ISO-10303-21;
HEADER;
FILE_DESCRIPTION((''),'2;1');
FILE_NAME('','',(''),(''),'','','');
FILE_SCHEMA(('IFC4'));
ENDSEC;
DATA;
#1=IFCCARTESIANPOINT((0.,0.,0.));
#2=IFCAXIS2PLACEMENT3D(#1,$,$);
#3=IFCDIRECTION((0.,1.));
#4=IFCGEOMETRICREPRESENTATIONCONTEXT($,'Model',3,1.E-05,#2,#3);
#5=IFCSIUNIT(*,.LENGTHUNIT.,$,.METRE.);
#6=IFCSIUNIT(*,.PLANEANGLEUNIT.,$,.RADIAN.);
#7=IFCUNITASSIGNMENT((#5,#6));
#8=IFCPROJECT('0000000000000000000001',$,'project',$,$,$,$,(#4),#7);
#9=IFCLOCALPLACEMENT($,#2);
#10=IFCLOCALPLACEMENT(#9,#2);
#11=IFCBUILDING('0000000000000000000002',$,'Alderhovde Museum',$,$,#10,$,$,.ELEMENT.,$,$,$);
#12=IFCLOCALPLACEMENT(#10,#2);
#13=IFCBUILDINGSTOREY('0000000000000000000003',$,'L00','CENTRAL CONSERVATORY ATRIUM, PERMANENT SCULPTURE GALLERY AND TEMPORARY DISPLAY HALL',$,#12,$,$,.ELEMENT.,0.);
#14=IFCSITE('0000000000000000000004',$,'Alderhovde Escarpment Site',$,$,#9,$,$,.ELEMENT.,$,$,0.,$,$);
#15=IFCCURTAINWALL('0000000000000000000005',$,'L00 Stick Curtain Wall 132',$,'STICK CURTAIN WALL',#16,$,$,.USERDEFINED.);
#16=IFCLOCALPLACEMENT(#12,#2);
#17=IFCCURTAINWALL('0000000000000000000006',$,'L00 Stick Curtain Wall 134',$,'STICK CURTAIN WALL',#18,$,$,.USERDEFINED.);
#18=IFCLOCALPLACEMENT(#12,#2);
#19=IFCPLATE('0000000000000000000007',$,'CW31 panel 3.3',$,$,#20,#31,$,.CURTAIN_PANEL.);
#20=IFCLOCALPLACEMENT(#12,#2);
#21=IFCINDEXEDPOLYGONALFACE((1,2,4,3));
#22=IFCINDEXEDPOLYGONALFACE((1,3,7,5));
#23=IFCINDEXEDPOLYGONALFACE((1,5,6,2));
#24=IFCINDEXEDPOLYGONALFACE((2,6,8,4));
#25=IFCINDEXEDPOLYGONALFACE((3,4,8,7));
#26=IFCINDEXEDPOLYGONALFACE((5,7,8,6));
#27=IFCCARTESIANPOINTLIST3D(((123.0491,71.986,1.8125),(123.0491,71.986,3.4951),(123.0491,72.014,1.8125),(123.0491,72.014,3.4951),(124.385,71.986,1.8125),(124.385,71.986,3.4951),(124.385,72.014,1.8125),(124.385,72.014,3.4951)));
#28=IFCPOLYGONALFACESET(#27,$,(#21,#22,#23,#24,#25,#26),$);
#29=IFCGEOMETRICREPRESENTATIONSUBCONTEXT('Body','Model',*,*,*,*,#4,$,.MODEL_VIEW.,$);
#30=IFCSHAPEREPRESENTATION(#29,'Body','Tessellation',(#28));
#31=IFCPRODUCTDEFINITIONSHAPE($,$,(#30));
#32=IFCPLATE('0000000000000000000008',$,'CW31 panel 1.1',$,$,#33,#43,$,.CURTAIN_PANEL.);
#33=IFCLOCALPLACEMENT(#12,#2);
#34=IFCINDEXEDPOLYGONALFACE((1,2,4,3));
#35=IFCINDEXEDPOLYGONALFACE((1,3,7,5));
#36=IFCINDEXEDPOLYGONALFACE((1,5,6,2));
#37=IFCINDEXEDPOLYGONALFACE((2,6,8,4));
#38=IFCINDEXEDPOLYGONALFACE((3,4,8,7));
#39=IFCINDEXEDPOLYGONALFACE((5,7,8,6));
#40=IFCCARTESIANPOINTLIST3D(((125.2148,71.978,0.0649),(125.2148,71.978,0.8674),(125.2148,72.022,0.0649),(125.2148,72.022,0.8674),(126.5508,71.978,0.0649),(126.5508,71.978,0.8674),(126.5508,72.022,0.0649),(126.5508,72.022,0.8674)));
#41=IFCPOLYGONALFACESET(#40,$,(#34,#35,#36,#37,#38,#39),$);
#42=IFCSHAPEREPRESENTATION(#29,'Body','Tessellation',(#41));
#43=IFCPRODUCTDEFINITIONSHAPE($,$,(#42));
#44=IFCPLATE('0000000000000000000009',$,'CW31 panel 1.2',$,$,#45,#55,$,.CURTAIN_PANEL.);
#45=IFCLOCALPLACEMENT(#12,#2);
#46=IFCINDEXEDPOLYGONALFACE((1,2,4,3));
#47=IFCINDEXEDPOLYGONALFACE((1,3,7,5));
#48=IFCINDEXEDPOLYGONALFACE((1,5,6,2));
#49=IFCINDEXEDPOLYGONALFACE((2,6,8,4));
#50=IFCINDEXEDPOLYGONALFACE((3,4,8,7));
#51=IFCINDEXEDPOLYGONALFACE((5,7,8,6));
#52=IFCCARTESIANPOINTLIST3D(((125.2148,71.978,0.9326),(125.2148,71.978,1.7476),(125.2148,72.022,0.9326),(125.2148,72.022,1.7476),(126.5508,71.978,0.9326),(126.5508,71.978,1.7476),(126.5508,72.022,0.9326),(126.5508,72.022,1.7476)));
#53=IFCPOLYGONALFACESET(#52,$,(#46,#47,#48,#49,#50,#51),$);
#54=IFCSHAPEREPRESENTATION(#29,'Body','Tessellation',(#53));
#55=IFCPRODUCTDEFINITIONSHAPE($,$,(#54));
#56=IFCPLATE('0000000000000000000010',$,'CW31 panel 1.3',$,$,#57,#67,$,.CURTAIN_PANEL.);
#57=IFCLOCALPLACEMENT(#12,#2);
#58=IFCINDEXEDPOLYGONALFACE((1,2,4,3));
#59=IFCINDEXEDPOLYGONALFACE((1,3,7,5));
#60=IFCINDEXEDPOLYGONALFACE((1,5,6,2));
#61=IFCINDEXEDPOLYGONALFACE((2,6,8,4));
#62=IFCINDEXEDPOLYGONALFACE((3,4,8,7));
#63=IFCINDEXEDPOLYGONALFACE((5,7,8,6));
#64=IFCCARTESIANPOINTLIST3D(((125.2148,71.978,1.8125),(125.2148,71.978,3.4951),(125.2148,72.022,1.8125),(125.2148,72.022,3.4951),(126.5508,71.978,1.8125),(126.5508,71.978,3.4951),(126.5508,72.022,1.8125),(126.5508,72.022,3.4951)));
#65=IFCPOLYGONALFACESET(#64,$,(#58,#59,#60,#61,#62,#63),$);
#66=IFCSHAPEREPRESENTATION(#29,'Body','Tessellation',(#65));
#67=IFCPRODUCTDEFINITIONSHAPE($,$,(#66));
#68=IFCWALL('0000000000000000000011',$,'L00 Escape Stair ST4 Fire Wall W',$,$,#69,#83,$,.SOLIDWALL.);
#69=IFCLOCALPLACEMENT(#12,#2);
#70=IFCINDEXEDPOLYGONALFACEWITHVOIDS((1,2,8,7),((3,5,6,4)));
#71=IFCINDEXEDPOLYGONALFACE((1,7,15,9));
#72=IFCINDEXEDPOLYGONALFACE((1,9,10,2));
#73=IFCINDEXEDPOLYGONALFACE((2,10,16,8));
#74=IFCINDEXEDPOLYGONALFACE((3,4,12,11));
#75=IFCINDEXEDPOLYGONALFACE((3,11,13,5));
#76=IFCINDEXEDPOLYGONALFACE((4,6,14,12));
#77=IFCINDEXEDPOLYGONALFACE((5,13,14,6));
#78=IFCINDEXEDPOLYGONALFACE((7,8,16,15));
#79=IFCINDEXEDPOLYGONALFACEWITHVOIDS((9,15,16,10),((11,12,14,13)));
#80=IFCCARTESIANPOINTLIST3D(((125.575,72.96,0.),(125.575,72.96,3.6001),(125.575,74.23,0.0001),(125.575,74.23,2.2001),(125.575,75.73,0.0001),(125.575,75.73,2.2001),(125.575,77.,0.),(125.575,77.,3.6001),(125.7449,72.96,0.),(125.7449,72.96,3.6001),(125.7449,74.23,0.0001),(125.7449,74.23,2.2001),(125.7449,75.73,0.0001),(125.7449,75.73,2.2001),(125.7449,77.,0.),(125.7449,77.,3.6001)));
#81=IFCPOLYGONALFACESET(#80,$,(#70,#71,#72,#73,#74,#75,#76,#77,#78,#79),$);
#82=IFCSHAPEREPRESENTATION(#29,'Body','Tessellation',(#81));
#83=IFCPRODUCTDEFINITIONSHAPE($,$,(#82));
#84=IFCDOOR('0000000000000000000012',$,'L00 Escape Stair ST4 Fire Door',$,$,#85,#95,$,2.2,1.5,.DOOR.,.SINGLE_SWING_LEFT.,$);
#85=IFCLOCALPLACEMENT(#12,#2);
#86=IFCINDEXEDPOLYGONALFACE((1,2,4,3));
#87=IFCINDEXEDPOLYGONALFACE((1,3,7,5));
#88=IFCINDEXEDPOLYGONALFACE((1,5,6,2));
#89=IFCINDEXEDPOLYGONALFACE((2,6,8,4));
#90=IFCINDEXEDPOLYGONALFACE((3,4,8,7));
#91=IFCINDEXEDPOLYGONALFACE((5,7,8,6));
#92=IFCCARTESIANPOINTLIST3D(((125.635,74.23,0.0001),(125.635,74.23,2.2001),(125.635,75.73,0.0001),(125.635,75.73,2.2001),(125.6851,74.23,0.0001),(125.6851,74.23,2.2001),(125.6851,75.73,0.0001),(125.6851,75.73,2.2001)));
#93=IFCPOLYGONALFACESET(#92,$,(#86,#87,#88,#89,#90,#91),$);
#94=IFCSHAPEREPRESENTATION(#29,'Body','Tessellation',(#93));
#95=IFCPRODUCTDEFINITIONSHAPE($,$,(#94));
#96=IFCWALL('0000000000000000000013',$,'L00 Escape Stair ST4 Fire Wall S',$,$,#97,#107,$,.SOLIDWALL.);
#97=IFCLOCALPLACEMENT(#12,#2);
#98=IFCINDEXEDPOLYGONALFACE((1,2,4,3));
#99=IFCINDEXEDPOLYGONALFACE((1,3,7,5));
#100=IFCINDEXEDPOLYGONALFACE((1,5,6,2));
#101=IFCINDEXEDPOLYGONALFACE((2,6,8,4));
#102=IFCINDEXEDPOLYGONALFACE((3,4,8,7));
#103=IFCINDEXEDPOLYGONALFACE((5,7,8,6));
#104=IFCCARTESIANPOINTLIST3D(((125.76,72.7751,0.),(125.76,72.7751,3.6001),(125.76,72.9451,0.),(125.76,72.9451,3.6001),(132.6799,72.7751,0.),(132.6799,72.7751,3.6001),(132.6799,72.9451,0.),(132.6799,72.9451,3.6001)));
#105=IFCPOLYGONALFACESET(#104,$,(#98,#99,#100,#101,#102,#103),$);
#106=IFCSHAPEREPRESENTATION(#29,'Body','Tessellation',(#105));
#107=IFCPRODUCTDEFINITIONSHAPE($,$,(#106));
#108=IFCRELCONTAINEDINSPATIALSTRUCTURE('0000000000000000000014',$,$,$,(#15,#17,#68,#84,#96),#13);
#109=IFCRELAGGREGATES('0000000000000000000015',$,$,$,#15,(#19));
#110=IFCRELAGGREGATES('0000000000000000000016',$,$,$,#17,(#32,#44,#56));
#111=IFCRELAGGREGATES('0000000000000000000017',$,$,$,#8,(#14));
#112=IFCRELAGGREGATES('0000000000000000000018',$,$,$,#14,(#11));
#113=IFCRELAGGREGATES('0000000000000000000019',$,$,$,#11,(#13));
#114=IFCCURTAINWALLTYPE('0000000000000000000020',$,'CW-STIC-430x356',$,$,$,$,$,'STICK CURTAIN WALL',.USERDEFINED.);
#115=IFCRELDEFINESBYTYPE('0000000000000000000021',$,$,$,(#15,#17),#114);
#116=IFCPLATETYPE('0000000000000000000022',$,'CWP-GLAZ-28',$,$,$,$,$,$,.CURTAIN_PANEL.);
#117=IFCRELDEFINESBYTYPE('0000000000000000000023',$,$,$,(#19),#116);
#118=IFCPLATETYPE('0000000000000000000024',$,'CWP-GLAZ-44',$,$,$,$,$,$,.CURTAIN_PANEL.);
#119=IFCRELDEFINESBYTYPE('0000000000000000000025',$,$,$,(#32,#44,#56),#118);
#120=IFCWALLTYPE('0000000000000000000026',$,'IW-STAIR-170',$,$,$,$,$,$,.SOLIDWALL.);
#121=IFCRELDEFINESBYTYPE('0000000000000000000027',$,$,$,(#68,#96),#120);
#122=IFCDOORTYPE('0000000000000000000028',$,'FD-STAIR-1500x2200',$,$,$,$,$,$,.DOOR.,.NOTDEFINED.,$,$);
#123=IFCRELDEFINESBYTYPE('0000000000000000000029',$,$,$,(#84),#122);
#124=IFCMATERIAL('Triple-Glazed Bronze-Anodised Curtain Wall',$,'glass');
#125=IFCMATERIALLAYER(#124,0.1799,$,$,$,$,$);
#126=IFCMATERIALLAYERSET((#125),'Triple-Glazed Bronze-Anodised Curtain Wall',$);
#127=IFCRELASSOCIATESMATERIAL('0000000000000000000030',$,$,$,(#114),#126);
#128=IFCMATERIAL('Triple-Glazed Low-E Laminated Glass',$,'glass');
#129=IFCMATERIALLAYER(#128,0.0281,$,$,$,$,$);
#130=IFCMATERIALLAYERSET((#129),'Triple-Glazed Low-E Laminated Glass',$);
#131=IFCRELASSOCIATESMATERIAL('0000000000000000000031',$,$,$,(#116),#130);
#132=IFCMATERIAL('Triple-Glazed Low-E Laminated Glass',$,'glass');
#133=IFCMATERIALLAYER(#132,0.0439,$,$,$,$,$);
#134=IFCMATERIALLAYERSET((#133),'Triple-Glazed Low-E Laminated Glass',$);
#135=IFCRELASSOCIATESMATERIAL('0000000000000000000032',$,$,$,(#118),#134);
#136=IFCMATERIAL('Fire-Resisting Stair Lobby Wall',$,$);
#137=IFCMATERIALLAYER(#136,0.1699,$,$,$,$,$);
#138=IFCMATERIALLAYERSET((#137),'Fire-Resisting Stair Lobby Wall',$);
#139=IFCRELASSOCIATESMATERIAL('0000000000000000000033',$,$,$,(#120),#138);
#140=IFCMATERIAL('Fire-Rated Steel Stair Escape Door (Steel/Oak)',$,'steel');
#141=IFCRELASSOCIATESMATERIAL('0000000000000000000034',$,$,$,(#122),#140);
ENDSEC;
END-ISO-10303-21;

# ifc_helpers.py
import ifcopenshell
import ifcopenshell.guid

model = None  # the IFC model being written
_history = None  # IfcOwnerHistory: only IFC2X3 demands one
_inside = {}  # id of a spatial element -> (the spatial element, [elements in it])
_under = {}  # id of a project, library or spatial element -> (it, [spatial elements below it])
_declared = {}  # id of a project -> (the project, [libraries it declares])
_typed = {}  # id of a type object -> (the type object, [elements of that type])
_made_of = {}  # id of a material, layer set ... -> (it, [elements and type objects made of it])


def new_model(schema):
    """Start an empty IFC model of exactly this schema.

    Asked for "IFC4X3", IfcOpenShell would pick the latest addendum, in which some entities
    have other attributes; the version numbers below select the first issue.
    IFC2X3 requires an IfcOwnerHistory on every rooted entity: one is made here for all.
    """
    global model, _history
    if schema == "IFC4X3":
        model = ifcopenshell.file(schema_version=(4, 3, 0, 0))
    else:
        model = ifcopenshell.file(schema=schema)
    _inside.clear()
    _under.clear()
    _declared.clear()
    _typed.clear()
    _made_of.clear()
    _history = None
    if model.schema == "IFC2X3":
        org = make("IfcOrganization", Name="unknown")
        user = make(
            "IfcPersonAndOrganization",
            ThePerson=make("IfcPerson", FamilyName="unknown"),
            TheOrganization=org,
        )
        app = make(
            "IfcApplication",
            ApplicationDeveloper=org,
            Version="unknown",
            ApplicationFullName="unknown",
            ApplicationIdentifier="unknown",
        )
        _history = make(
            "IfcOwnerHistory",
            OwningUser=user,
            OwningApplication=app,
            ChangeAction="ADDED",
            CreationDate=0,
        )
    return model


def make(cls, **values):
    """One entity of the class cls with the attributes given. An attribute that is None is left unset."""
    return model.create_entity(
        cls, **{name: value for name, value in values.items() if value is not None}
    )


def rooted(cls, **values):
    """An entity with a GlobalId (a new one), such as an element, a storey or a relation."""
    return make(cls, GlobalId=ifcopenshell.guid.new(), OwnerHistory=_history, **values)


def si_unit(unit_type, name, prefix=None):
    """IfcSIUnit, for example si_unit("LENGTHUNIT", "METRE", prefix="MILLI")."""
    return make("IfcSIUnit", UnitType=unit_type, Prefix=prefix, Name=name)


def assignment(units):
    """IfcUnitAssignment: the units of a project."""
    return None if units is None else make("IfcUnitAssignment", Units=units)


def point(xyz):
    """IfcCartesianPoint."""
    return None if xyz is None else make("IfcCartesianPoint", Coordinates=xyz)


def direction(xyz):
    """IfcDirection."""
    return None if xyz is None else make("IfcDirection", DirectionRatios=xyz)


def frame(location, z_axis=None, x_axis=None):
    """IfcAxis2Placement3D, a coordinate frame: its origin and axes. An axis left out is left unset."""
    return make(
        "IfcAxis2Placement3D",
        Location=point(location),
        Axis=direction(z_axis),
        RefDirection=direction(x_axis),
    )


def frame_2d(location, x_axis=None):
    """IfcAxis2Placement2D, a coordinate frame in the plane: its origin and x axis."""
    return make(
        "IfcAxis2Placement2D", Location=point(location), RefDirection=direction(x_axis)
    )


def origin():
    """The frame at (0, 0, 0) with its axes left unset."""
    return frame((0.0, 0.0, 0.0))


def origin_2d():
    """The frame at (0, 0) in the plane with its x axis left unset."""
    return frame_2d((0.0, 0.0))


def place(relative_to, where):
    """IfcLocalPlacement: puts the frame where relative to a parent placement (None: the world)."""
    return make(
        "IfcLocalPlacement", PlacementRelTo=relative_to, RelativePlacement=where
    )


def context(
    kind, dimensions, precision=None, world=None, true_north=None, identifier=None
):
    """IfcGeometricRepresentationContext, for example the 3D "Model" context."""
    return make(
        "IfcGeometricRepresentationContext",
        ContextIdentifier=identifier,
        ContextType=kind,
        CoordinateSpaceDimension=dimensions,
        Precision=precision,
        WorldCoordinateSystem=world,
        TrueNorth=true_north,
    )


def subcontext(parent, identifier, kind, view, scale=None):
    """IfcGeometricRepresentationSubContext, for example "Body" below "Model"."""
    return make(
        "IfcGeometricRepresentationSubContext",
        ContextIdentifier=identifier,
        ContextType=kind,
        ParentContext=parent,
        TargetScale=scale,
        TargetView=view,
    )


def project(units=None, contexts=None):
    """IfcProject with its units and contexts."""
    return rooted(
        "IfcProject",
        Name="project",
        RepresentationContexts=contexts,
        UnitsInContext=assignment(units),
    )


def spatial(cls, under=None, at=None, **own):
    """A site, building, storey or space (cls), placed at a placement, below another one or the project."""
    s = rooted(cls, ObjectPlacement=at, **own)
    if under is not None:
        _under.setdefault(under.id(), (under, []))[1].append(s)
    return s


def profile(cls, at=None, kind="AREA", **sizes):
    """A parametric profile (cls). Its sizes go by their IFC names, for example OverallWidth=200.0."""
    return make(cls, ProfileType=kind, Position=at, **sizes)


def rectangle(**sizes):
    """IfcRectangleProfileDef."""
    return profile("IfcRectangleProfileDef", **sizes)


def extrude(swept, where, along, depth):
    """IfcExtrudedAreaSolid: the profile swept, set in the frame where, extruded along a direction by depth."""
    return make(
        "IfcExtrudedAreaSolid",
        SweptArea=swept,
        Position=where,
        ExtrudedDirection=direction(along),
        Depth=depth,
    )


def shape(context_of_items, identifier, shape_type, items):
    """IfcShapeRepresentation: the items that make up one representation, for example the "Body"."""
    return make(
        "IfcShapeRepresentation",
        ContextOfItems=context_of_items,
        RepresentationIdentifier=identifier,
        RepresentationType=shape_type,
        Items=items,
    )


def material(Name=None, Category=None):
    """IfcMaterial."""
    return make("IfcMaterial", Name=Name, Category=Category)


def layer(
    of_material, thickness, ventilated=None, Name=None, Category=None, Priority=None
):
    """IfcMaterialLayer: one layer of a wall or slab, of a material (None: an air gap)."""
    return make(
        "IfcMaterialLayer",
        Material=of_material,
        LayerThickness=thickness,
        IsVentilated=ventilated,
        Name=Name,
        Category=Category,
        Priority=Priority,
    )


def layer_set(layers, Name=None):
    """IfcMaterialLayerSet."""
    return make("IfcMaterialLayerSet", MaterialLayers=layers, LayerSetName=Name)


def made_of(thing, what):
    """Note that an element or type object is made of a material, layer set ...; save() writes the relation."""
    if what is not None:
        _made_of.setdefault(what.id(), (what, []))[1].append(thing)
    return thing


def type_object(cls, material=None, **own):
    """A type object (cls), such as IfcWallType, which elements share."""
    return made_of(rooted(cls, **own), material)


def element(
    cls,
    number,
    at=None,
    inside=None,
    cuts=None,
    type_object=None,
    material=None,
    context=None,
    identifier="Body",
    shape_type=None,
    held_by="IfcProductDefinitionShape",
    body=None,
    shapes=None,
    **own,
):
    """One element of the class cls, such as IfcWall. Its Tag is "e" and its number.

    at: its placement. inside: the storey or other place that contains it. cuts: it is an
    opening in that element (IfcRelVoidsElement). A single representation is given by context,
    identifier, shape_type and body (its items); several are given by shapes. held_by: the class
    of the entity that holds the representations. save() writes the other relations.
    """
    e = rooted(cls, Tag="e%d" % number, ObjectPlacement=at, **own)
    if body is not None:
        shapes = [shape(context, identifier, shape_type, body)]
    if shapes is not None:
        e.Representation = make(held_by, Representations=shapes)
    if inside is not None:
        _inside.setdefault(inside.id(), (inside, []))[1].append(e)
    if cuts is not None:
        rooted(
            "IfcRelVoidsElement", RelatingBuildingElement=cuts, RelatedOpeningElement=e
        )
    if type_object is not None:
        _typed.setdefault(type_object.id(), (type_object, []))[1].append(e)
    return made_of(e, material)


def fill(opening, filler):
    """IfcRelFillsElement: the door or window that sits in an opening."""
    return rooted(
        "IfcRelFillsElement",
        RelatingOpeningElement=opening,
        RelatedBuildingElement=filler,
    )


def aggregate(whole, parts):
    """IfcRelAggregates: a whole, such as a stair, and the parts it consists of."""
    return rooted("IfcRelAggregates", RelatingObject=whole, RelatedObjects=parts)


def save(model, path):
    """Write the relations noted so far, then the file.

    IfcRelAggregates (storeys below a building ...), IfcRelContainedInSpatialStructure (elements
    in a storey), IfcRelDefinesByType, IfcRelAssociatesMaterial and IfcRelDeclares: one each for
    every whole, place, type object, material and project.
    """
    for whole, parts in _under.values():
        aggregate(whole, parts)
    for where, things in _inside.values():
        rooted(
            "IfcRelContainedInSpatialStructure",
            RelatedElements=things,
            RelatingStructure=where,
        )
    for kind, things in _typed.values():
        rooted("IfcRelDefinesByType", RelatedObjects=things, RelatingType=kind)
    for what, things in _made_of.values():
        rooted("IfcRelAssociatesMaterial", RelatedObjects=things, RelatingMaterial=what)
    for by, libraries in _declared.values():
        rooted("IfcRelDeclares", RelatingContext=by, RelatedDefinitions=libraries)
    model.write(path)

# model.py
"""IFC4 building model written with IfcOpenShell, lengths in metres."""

from ifc_helpers import new_model, si_unit, direction, frame, frame_2d, origin, origin_2d, place, context, subcontext, project, spatial, rectangle, extrude, material, layer, layer_set, type_object, element, fill, aggregate, save


model = new_model("IFC4")

# Units and contexts
model_context = context("Model", 3, precision=1e-05, world=origin(), true_north=direction((0.0, 1.0)))
body_context = subcontext(model_context, "Body", "Model", "MODEL_VIEW")
ifc_project = project(units=[si_unit("LENGTHUNIT", "METRE"), si_unit("PLANEANGLEUNIT", "RADIAN")], contexts=[model_context])

# Site, building, storey
site_placement = place(None, origin())
site = spatial("IfcSite", under=ifc_project, at=site_placement, Name="Alderhovde Escarpment Site", CompositionType="ELEMENT", RefElevation=0.0)
building_placement = place(site_placement, origin())
building = spatial("IfcBuilding", under=site, at=building_placement, Name="Alderhovde Museum", CompositionType="ELEMENT")
storey_placement = place(building_placement, origin())
storey = spatial("IfcBuildingStorey", under=building, at=storey_placement, Name="L00", Description="CENTRAL CONSERVATORY ATRIUM, PERMANENT SCULPTURE GALLERY AND TEMPORARY DISPLAY HALL", CompositionType="ELEMENT", Elevation=0.0)

# Curtain wall
ifc_material_1 = material(Name="Triple-Glazed Bronze-Anodised Curtain Wall", Category="glass")
ifc_layer_1 = layer(ifc_material_1, 0.1799)
ifc_layer_set_1 = layer_set([ifc_layer_1], Name="Triple-Glazed Bronze-Anodised Curtain Wall")
curtain_wall_type = type_object("IfcCurtainWallType", Name="CW-STIC-430x356", ElementType="STICK CURTAIN WALL", PredefinedType="USERDEFINED", material=ifc_layer_set_1)
curtain_wall_1_placement = place(storey_placement, origin())
curtain_wall_1 = element("IfcCurtainWall", 1, at=curtain_wall_1_placement, inside=storey, type_object=curtain_wall_type, Name="L00 Stick Curtain Wall 132", ObjectType="STICK CURTAIN WALL", PredefinedType="USERDEFINED")

# Curtain wall
curtain_wall_2_placement = place(storey_placement, origin())
curtain_wall_2 = element("IfcCurtainWall", 2, at=curtain_wall_2_placement, inside=storey, type_object=curtain_wall_type, Name="L00 Stick Curtain Wall 134", ObjectType="STICK CURTAIN WALL", PredefinedType="USERDEFINED")

# Plates
ifc_material_2 = material(Name="Triple-Glazed Low-E Laminated Glass", Category="glass")
ifc_layer_2 = layer(ifc_material_2, 0.0281)
ifc_layer_set_2 = layer_set([ifc_layer_2], Name="Triple-Glazed Low-E Laminated Glass")
plate_type_1 = type_object("IfcPlateType", Name="CWP-GLAZ-28", PredefinedType="CURTAIN_PANEL", material=ifc_layer_set_2)
plate_1_placement = place(storey_placement, frame((123.717, 72.0, 1.8125), z_axis=(0.0, 0.0, 1.0), x_axis=(1.0, 0.0, 0.0)))
plate_1 = element("IfcPlate", 3, at=plate_1_placement, type_object=plate_type_1, Name="CW31 panel 3.3", PredefinedType="CURTAIN_PANEL", context=body_context, shape_type="SweptSolid", body=[
    extrude(rectangle(XDim=1.3359, YDim=0.0281, at=origin_2d()), origin(), (0.0, 0.0, 1.0), 1.6826),
])
aggregate(curtain_wall_1, [plate_1])
ifc_material_3 = material(Name="Triple-Glazed Low-E Laminated Glass", Category="glass")
ifc_layer_3 = layer(ifc_material_3, 0.0439)
ifc_layer_set_3 = layer_set([ifc_layer_3], Name="Triple-Glazed Low-E Laminated Glass")
plate_type_2 = type_object("IfcPlateType", Name="CWP-GLAZ-44", PredefinedType="CURTAIN_PANEL", material=ifc_layer_set_3)
plate_2_placement = place(storey_placement, frame((125.8828, 72.0, 0.0649), z_axis=(0.0, 0.0, 1.0), x_axis=(1.0, 0.0, 0.0)))
plate_2 = element("IfcPlate", 4, at=plate_2_placement, type_object=plate_type_2, Name="CW31 panel 1.1", PredefinedType="CURTAIN_PANEL", context=body_context, shape_type="SweptSolid", body=[
    extrude(rectangle(XDim=1.3359, YDim=0.0439, at=origin_2d()), origin(), (0.0, 0.0, 1.0), 0.8025),
])
plate_3_placement = place(storey_placement, frame((125.8828, 72.0, 0.9326), z_axis=(0.0, 0.0, 1.0), x_axis=(1.0, 0.0, 0.0)))
plate_3 = element("IfcPlate", 5, at=plate_3_placement, type_object=plate_type_2, Name="CW31 panel 1.2", PredefinedType="CURTAIN_PANEL", context=body_context, shape_type="SweptSolid", body=[
    extrude(rectangle(XDim=1.3359, YDim=0.0439, at=origin_2d()), origin(), (0.0, 0.0, 1.0), 0.8149),
])
plate_4_placement = place(storey_placement, frame((125.8828, 72.0, 1.8125), z_axis=(0.0, 0.0, 1.0), x_axis=(1.0, 0.0, 0.0)))
plate_4 = element("IfcPlate", 6, at=plate_4_placement, type_object=plate_type_2, Name="CW31 panel 1.3", PredefinedType="CURTAIN_PANEL", context=body_context, shape_type="SweptSolid", body=[
    extrude(rectangle(XDim=1.3359, YDim=0.0439, at=origin_2d()), origin(), (0.0, 0.0, 1.0), 1.6826),
])
aggregate(curtain_wall_2, [plate_2, plate_3, plate_4])

# Wall, opening, door
ifc_material_4 = material(Name="Fire-Resisting Stair Lobby Wall")
ifc_layer_4 = layer(ifc_material_4, 0.1699)
ifc_layer_set_4 = layer_set([ifc_layer_4], Name="Fire-Resisting Stair Lobby Wall")
wall_type = type_object("IfcWallType", Name="IW-STAIR-170", PredefinedType="SOLIDWALL", material=ifc_layer_set_4)
wall_1_placement = place(storey_placement, frame((125.6599, 72.96, 0.0), z_axis=(0.0, 0.0, 1.0), x_axis=(0.0, 1.0, 0.0)))
wall_1 = element("IfcWall", 7, at=wall_1_placement, inside=storey, type_object=wall_type, Name="L00 Escape Stair ST4 Fire Wall W", PredefinedType="SOLIDWALL", context=body_context, shape_type="SweptSolid", body=[
    extrude(rectangle(XDim=4.04, YDim=0.1699, at=frame_2d((2.02, 0.0))), origin(), (0.0, 0.0, 1.0), 3.6001),
])
opening_placement = place(wall_1_placement, frame((1.27, 0.0, 0.0)))
opening = element("IfcOpeningElement", 8, at=opening_placement, cuts=wall_1, PredefinedType="OPENING", context=body_context, shape_type="SweptSolid", body=[
    extrude(rectangle(XDim=1.5, YDim=2.2, at=frame_2d((0.75, 1.1001))), frame((0.0, 0.095, 0.0), z_axis=(0.0, -1.0, 0.0), x_axis=(1.0, 0.0, 0.0)), (0.0, 0.0, 1.0), 0.1899),
])
ifc_material_5 = material(Name="Fire-Rated Steel Stair Escape Door (Steel/Oak)", Category="steel")
door_type = type_object("IfcDoorType", Name="FD-STAIR-1500x2200", OperationType="NOTDEFINED", PredefinedType="DOOR", material=ifc_material_5)
door_placement = place(opening_placement, origin())
door = element("IfcDoor", 9, at=door_placement, inside=storey, type_object=door_type, Name="L00 Escape Stair ST4 Fire Door", OperationType="SINGLE_SWING_LEFT", OverallHeight=2.2, OverallWidth=1.5, PredefinedType="DOOR", context=body_context, shape_type="SweptSolid", body=[
    extrude(rectangle(XDim=1.5, YDim=2.2, at=frame_2d((0.75, 1.1001))), frame((0.0, 0.0249, 0.0), z_axis=(0.0, -1.0, 0.0), x_axis=(1.0, 0.0, 0.0)), (0.0, 0.0, 1.0), 0.05),
])
fill(opening, door)

# Wall
wall_2_placement = place(storey_placement, frame((125.76, 72.8601, 0.0), z_axis=(0.0, 0.0, 1.0), x_axis=(1.0, 0.0, 0.0)))
element("IfcWall", 10, at=wall_2_placement, inside=storey, type_object=wall_type, Name="L00 Escape Stair ST4 Fire Wall S", PredefinedType="SOLIDWALL", context=body_context, shape_type="SweptSolid", body=[
    extrude(rectangle(XDim=6.9199, YDim=0.1699, at=frame_2d((3.46, 0.0))), origin(), (0.0, 0.0, 1.0), 3.6001),
])

save(model, "model.ifc")
